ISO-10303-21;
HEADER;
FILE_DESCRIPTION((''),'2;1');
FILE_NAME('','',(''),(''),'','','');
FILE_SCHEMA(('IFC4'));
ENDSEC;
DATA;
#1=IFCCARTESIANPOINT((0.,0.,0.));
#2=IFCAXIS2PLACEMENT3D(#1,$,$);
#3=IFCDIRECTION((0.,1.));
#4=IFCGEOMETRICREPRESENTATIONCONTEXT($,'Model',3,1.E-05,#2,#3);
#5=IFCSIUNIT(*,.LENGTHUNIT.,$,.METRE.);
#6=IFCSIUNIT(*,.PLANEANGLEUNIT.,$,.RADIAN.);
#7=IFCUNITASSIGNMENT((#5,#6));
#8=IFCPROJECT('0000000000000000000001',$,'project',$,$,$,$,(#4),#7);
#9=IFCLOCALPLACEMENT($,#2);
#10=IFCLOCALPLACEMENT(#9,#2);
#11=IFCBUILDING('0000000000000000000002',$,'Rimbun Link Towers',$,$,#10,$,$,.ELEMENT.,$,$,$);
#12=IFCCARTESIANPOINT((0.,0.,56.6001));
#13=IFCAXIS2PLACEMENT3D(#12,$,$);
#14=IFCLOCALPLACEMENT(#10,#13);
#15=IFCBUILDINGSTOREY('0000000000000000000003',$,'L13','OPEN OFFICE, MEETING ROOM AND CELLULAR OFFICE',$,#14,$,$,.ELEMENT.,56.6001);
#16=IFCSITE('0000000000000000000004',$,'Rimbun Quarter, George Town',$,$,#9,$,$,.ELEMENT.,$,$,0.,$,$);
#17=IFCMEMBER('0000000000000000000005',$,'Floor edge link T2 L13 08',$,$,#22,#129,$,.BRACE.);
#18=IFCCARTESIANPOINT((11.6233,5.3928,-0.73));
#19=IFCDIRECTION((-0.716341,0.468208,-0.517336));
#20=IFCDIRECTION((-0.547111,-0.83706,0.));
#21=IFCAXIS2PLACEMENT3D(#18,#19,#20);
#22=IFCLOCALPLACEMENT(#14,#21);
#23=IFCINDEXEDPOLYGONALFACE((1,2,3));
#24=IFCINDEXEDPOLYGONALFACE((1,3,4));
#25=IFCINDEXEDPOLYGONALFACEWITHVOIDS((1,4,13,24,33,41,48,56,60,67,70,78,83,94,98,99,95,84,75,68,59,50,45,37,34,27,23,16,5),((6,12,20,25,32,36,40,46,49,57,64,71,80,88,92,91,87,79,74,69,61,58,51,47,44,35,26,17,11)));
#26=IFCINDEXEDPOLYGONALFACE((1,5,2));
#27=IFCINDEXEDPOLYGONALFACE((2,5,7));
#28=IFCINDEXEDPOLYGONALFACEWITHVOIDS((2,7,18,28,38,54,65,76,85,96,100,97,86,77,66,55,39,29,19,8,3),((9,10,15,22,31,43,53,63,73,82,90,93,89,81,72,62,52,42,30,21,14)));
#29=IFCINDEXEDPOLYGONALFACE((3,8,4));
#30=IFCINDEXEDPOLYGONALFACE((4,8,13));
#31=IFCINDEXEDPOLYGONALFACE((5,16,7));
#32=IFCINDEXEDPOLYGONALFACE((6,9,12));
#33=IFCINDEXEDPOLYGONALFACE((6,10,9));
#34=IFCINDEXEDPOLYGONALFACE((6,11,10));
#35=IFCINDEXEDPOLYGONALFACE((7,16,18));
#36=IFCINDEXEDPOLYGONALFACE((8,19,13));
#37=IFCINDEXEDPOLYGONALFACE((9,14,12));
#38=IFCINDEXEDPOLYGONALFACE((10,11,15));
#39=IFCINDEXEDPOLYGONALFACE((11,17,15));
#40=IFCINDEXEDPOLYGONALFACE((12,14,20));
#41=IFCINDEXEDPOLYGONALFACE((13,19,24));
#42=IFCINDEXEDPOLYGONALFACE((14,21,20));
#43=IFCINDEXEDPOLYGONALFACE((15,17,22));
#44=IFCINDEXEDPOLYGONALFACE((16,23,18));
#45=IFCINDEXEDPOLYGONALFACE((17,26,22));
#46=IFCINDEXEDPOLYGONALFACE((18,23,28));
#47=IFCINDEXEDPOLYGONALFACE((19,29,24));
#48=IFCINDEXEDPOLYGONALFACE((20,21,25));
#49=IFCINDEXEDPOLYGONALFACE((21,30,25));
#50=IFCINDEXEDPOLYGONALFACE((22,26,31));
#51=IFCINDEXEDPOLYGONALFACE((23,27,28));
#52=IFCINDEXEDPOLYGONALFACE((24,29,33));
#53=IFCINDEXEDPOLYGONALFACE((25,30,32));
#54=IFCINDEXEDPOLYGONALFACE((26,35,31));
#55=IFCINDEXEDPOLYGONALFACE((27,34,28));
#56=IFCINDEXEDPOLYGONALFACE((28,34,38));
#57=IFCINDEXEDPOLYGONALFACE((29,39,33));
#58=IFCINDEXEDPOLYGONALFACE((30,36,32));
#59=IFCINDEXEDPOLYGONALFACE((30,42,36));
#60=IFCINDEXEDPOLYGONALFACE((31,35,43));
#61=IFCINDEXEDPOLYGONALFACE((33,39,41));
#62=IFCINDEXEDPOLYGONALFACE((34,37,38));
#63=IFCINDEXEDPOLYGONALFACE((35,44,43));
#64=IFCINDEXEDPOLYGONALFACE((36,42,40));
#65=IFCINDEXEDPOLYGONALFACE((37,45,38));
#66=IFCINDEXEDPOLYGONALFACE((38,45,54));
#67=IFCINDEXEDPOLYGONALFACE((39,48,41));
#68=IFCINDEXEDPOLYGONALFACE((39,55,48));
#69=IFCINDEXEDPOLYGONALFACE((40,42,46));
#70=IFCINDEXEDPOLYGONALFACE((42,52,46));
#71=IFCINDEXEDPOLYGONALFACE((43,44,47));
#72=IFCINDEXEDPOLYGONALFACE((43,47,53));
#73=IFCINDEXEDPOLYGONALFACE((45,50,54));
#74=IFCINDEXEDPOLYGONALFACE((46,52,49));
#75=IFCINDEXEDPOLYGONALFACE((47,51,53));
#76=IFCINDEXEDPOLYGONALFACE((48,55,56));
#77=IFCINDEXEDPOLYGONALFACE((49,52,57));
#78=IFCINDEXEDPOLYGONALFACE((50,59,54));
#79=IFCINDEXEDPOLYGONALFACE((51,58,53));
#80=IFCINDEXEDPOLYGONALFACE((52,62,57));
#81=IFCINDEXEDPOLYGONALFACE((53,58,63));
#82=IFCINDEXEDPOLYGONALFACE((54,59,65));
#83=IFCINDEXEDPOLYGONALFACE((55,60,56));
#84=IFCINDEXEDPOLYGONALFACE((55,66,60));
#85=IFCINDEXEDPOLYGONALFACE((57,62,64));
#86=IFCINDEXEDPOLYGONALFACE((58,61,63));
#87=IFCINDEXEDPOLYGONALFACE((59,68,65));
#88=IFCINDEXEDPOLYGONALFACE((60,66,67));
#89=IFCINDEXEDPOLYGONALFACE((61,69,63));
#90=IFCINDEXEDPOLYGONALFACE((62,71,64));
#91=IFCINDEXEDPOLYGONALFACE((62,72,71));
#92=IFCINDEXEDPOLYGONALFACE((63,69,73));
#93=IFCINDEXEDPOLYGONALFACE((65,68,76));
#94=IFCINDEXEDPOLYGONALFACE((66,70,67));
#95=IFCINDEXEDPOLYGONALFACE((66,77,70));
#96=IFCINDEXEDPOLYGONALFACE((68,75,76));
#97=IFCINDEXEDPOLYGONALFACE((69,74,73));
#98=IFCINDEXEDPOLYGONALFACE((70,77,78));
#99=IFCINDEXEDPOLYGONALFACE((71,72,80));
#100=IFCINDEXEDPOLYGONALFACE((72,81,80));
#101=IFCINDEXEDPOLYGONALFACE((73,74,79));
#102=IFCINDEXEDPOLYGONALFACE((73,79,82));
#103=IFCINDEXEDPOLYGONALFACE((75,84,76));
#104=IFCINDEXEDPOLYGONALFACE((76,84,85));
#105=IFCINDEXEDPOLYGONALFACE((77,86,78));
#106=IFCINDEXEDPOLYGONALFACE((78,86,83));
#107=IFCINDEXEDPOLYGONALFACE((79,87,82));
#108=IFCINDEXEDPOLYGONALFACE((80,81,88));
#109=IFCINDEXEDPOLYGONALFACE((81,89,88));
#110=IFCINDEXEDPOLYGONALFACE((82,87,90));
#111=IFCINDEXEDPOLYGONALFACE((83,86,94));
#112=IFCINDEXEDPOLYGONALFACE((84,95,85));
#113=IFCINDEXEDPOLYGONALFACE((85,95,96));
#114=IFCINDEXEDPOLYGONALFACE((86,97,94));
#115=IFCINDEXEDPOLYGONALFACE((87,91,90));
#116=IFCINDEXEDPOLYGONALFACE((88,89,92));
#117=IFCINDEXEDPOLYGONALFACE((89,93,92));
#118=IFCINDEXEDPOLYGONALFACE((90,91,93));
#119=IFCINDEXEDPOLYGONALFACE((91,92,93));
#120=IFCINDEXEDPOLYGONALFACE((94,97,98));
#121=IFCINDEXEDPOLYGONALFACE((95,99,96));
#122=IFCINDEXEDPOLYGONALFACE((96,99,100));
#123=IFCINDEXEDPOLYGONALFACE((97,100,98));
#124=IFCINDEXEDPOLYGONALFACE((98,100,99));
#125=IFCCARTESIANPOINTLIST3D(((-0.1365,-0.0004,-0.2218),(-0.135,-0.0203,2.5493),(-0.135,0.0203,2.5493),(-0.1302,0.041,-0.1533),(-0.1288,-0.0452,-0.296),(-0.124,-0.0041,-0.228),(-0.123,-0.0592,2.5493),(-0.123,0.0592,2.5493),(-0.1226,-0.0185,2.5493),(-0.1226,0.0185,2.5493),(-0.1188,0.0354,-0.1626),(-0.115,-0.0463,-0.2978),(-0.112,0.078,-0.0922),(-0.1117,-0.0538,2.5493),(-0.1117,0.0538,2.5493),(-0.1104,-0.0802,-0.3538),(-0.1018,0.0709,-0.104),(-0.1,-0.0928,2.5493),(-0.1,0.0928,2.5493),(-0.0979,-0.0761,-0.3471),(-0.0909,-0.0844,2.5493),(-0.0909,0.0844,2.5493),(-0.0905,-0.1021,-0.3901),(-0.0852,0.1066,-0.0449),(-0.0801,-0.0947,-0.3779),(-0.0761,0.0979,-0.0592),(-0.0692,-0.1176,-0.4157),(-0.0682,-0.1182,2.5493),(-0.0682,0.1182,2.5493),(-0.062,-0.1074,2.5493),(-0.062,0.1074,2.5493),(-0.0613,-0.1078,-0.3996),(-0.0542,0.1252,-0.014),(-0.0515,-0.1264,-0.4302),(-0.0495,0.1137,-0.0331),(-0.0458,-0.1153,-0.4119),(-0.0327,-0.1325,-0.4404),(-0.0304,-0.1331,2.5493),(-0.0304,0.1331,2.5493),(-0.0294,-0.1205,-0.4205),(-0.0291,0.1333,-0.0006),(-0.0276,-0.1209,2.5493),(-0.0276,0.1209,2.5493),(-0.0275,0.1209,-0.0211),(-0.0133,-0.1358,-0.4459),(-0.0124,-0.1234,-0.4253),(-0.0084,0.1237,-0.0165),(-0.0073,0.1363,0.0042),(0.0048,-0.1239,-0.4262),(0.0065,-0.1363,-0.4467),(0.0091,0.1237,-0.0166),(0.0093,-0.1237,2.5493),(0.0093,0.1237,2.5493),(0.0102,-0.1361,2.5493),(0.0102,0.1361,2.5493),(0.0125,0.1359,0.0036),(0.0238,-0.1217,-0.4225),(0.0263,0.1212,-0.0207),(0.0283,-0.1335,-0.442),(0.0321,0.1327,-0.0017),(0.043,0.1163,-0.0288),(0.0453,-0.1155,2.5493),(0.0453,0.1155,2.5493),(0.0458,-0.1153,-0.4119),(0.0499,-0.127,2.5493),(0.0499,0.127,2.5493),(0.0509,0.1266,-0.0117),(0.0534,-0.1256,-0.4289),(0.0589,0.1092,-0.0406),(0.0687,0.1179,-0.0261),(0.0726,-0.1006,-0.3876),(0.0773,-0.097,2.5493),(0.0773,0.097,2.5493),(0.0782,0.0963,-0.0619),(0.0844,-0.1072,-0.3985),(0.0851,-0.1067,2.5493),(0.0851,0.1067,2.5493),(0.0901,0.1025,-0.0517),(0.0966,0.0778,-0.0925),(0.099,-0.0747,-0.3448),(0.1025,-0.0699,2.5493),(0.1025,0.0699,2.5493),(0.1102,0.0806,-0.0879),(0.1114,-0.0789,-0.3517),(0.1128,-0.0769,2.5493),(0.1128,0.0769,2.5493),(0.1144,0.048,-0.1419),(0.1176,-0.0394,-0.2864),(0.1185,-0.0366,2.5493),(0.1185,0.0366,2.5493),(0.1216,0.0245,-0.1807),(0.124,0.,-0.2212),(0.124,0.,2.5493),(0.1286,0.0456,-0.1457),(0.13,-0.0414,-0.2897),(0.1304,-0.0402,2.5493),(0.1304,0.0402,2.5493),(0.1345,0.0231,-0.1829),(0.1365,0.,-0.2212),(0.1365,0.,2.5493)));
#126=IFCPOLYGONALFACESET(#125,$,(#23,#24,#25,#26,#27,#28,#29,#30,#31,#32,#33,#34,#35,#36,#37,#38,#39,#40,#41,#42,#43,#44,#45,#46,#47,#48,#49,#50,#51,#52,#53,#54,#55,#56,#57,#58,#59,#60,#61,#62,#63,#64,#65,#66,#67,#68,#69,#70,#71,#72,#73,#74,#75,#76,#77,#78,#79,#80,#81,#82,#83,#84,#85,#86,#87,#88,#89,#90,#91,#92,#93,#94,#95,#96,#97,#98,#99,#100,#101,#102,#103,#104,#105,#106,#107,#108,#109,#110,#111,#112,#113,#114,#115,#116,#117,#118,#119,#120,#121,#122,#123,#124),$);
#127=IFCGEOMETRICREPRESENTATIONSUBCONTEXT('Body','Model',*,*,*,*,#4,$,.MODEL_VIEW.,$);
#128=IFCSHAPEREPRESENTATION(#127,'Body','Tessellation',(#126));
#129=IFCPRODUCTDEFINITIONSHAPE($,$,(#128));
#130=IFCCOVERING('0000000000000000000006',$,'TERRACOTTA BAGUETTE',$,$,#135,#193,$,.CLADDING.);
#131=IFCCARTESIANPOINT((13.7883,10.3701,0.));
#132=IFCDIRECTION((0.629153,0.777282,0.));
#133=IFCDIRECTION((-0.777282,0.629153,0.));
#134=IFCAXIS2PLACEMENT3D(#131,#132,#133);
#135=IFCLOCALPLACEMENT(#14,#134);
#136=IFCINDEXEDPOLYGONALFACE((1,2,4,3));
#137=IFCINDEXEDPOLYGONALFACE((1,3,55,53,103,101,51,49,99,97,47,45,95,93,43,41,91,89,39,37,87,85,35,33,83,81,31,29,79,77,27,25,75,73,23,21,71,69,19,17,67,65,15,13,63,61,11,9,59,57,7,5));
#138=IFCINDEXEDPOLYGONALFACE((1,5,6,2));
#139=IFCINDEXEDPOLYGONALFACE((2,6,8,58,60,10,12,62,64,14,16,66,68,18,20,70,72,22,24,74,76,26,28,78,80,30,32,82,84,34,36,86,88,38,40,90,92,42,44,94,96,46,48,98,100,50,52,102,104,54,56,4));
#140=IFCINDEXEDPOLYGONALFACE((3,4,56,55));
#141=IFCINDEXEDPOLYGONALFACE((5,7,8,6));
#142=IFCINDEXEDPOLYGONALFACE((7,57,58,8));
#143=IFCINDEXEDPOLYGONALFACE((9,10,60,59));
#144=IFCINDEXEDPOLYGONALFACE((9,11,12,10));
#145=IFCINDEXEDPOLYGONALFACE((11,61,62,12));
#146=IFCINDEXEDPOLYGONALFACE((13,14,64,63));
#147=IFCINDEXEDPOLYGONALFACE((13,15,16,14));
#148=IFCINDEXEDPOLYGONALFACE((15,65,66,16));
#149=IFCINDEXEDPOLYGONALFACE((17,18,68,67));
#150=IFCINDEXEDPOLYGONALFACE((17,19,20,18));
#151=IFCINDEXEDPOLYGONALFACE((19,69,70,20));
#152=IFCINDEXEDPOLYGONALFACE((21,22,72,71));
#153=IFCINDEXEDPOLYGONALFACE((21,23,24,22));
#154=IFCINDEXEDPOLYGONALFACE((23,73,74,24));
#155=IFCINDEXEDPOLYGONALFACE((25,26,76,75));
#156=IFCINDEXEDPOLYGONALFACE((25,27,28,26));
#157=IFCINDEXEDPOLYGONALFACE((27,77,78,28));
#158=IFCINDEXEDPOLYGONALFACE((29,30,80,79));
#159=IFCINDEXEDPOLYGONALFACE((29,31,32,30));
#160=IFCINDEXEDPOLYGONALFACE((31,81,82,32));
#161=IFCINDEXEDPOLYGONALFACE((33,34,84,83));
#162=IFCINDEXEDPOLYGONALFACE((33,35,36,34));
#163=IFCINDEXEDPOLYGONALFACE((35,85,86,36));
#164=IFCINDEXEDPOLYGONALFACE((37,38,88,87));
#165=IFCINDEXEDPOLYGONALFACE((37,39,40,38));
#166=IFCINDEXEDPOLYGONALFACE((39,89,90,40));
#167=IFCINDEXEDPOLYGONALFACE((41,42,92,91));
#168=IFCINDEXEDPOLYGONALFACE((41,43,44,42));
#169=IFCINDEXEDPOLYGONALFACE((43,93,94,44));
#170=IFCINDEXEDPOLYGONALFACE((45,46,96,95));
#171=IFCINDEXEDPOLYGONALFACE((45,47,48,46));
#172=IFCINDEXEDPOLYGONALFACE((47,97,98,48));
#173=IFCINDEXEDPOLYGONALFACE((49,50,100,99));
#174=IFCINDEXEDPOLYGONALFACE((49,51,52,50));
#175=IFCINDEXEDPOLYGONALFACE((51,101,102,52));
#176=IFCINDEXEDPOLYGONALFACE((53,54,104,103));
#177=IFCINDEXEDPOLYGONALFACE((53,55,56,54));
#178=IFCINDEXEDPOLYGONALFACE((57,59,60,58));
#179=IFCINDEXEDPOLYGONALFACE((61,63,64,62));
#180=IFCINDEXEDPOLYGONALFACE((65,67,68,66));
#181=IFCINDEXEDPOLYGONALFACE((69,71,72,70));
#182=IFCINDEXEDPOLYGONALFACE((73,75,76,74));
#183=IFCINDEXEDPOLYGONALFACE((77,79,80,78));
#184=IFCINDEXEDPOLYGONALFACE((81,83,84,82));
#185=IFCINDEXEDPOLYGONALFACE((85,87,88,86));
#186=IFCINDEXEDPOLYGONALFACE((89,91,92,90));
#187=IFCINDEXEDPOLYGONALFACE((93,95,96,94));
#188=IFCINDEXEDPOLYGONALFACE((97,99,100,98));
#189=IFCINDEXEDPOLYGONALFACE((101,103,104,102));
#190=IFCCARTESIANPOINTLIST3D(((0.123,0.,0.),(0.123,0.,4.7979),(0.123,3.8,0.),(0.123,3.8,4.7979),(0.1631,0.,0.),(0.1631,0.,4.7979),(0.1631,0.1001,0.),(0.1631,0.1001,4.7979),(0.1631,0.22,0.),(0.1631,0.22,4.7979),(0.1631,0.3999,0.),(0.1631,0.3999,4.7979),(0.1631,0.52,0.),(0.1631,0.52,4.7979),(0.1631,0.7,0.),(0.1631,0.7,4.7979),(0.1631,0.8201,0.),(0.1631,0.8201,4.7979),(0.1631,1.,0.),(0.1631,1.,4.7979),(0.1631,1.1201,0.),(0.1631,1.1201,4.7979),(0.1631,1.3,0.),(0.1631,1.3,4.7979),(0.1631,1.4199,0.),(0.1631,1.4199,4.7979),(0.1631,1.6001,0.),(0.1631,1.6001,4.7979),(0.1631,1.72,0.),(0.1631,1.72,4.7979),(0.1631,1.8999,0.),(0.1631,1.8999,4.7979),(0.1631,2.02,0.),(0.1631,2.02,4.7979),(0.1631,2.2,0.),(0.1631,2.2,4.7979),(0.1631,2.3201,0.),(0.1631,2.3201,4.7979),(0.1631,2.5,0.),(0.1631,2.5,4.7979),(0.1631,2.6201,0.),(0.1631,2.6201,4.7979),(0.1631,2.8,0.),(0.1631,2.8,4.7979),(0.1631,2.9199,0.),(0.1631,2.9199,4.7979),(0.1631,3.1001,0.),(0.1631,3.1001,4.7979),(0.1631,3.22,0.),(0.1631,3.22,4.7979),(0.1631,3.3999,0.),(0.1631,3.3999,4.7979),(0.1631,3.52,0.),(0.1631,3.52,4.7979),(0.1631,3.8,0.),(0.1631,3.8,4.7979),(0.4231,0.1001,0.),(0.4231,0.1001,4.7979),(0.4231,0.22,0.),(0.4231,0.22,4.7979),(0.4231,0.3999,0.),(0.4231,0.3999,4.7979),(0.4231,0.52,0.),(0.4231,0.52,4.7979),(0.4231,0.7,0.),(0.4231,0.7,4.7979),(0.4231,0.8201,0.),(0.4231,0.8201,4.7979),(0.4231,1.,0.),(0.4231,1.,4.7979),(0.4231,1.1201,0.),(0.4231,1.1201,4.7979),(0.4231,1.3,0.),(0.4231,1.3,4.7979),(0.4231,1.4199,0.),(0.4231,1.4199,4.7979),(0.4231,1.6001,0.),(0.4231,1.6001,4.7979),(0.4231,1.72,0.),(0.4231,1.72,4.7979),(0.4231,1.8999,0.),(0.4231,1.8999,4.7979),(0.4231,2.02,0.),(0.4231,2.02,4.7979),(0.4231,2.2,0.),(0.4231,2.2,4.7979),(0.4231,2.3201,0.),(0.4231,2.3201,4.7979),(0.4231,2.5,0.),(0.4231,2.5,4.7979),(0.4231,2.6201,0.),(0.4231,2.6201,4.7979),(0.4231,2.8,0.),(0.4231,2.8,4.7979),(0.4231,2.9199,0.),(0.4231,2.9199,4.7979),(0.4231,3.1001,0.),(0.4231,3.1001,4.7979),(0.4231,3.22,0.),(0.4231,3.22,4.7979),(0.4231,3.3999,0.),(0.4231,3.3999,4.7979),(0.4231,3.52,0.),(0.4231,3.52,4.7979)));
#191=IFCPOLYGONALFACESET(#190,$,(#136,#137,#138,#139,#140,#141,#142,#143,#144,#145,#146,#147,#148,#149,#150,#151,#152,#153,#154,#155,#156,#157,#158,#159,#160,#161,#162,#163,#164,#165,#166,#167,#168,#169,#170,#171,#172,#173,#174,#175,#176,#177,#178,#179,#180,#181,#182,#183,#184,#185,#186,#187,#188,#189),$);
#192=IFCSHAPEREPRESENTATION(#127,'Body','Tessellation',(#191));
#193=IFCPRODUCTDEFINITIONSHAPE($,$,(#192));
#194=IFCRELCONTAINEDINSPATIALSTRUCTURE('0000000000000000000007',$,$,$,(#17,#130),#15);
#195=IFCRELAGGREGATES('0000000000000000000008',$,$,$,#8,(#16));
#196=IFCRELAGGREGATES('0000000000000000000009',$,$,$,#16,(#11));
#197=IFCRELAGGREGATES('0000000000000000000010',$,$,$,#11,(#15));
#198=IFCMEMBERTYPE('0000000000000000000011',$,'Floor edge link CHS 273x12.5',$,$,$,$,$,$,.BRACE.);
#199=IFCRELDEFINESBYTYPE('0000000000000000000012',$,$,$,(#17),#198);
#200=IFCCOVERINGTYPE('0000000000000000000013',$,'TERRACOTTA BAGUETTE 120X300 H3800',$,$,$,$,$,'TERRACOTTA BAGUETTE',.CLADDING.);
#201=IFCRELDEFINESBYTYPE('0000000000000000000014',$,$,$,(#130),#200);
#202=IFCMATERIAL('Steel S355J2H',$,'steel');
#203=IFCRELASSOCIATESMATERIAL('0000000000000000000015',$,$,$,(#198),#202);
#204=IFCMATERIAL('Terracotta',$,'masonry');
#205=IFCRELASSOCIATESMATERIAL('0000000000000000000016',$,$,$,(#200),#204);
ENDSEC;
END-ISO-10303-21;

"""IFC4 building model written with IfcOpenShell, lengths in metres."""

from ifc_helpers import new_model, si_unit, direction, frame, origin, origin_2d, place, context, subcontext, project, spatial, polyline, hollow_circle, outline, extrude, clip, halfspace, material, material_profile, profile_set, type_object, element, save


model = new_model("IFC4")

# Units and contexts
model_context = context("Model", 3, precision=1e-05, world=origin(), true_north=direction((0.0, 1.0)))
body_context = subcontext(model_context, "Body", "Model", "MODEL_VIEW")
ifc_project = project(units=[si_unit("LENGTHUNIT", "METRE"), si_unit("PLANEANGLEUNIT", "RADIAN")], contexts=[model_context])

# Site, building, storey
site_placement = place(None, origin())
site = spatial("IfcSite", under=ifc_project, at=site_placement, Name="Rimbun Quarter, George Town", CompositionType="ELEMENT", RefElevation=0.0)
building_placement = place(site_placement, origin())
building = spatial("IfcBuilding", under=site, at=building_placement, Name="Rimbun Link Towers", CompositionType="ELEMENT")
storey_placement = place(building_placement, frame((0.0, 0.0, 56.6001)))
storey = spatial("IfcBuildingStorey", under=building, at=storey_placement, Name="L13", Description="OPEN OFFICE, MEETING ROOM AND CELLULAR OFFICE", CompositionType="ELEMENT", Elevation=56.6001)

# Member
ifc_material_1 = material(Name="Steel S355J2H", Category="steel")
ifc_material_profile_1 = material_profile(ifc_material_1, hollow_circle(Radius=0.1365, WallThickness=0.0125, at=origin_2d()), Name="CHS 273x12.5")
ifc_profile_set_1 = profile_set([ifc_material_profile_1], Name="Steel S355J2H")
member_type_1 = type_object("IfcMemberType", Name="Floor edge link CHS 273x12.5", PredefinedType="BRACE", material=ifc_profile_set_1)
member_1_placement = place(storey_placement, frame((11.6233, 5.3928, -0.73), z_axis=(-0.716341, 0.468208, -0.517336), x_axis=(-0.547111, -0.83706, 0.0)))
element("IfcMember", 1, at=member_1_placement, inside=storey, type_object=member_type_1, Name="Floor edge link T2 L13 08", PredefinedType="BRACE", context=body_context, shape_type="Clipping", body=[
    clip(extrude(hollow_circle(Radius=0.1365, WallThickness=0.0125, at=origin_2d()), frame((0.0, 0.0, -0.4709)), (0.0, 0.0, 1.0), 3.0203), halfspace(frame((0.0, 0.0, -0.2212), z_axis=(0.0, 0.855782, -0.517336)), False)),
])

# Covering
ifc_material_2 = material(Name="Terracotta", Category="masonry")
ifc_material_profile_2 = material_profile(ifc_material_2, outline(polyline([(0.123, 0.0), (0.1631, 0.0), (0.1631, 0.1001), (0.4231, 0.1001), (0.4231, 0.22), (0.1631, 0.22), (0.1631, 0.3999), (0.4231, 0.3999), (0.4231, 0.52), (0.1631, 0.52), (0.1631, 0.7), (0.4231, 0.7), (0.4231, 0.8201), (0.1631, 0.8201), (0.1631, 1.0), (0.4231, 1.0), (0.4231, 1.1201), (0.1631, 1.1201), (0.1631, 1.3), (0.4231, 1.3), (0.4231, 1.4199), (0.1631, 1.4199), (0.1631, 1.6001), (0.4231, 1.6001), (0.4231, 1.72), (0.1631, 1.72), (0.1631, 1.8999), (0.4231, 1.8999), (0.4231, 2.02), (0.1631, 2.02), (0.1631, 2.2), (0.4231, 2.2), (0.4231, 2.3201), (0.1631, 2.3201), (0.1631, 2.5), (0.4231, 2.5), (0.4231, 2.6201), (0.1631, 2.6201), (0.1631, 2.8), (0.4231, 2.8), (0.4231, 2.9199), (0.1631, 2.9199), (0.1631, 3.1001), (0.4231, 3.1001), (0.4231, 3.22), (0.1631, 3.22), (0.1631, 3.3999), (0.4231, 3.3999), (0.4231, 3.52), (0.1631, 3.52), (0.1631, 3.8), (0.123, 3.8), (0.123, 0.0)])), Name="BAGUETTE 120X300")
ifc_profile_set_2 = profile_set([ifc_material_profile_2], Name="Terracotta")
covering_type_1 = type_object("IfcCoveringType", Name="TERRACOTTA BAGUETTE 120X300 H3800", ElementType="TERRACOTTA BAGUETTE", PredefinedType="CLADDING", material=ifc_profile_set_2)
covering_1_placement = place(storey_placement, frame((13.7883, 10.3701, 0.0), z_axis=(0.629153, 0.777282, 0.0), x_axis=(-0.777282, 0.629153, 0.0)))
element("IfcCovering", 2, at=covering_1_placement, inside=storey, type_object=covering_type_1, Name="TERRACOTTA BAGUETTE", PredefinedType="CLADDING", context=body_context, shape_type="SweptSolid", body=[
    extrude(outline(polyline([(0.123, 0.0), (0.1631, 0.0), (0.1631, 0.1001), (0.4231, 0.1001), (0.4231, 0.22), (0.1631, 0.22), (0.1631, 0.3999), (0.4231, 0.3999), (0.4231, 0.52), (0.1631, 0.52), (0.1631, 0.7), (0.4231, 0.7), (0.4231, 0.8201), (0.1631, 0.8201), (0.1631, 1.0), (0.4231, 1.0), (0.4231, 1.1201), (0.1631, 1.1201), (0.1631, 1.3), (0.4231, 1.3), (0.4231, 1.4199), (0.1631, 1.4199), (0.1631, 1.6001), (0.4231, 1.6001), (0.4231, 1.72), (0.1631, 1.72), (0.1631, 1.8999), (0.4231, 1.8999), (0.4231, 2.02), (0.1631, 2.02), (0.1631, 2.2), (0.4231, 2.2), (0.4231, 2.3201), (0.1631, 2.3201), (0.1631, 2.5), (0.4231, 2.5), (0.4231, 2.6201), (0.1631, 2.6201), (0.1631, 2.8), (0.4231, 2.8), (0.4231, 2.9199), (0.1631, 2.9199), (0.1631, 3.1001), (0.4231, 3.1001), (0.4231, 3.22), (0.1631, 3.22), (0.1631, 3.3999), (0.4231, 3.3999), (0.4231, 3.52), (0.1631, 3.52), (0.1631, 3.8), (0.123, 3.8), (0.123, 0.0)])), origin(), (0.0, 0.0, 1.0), 4.7979),
])

save(model, "model.ifc")
